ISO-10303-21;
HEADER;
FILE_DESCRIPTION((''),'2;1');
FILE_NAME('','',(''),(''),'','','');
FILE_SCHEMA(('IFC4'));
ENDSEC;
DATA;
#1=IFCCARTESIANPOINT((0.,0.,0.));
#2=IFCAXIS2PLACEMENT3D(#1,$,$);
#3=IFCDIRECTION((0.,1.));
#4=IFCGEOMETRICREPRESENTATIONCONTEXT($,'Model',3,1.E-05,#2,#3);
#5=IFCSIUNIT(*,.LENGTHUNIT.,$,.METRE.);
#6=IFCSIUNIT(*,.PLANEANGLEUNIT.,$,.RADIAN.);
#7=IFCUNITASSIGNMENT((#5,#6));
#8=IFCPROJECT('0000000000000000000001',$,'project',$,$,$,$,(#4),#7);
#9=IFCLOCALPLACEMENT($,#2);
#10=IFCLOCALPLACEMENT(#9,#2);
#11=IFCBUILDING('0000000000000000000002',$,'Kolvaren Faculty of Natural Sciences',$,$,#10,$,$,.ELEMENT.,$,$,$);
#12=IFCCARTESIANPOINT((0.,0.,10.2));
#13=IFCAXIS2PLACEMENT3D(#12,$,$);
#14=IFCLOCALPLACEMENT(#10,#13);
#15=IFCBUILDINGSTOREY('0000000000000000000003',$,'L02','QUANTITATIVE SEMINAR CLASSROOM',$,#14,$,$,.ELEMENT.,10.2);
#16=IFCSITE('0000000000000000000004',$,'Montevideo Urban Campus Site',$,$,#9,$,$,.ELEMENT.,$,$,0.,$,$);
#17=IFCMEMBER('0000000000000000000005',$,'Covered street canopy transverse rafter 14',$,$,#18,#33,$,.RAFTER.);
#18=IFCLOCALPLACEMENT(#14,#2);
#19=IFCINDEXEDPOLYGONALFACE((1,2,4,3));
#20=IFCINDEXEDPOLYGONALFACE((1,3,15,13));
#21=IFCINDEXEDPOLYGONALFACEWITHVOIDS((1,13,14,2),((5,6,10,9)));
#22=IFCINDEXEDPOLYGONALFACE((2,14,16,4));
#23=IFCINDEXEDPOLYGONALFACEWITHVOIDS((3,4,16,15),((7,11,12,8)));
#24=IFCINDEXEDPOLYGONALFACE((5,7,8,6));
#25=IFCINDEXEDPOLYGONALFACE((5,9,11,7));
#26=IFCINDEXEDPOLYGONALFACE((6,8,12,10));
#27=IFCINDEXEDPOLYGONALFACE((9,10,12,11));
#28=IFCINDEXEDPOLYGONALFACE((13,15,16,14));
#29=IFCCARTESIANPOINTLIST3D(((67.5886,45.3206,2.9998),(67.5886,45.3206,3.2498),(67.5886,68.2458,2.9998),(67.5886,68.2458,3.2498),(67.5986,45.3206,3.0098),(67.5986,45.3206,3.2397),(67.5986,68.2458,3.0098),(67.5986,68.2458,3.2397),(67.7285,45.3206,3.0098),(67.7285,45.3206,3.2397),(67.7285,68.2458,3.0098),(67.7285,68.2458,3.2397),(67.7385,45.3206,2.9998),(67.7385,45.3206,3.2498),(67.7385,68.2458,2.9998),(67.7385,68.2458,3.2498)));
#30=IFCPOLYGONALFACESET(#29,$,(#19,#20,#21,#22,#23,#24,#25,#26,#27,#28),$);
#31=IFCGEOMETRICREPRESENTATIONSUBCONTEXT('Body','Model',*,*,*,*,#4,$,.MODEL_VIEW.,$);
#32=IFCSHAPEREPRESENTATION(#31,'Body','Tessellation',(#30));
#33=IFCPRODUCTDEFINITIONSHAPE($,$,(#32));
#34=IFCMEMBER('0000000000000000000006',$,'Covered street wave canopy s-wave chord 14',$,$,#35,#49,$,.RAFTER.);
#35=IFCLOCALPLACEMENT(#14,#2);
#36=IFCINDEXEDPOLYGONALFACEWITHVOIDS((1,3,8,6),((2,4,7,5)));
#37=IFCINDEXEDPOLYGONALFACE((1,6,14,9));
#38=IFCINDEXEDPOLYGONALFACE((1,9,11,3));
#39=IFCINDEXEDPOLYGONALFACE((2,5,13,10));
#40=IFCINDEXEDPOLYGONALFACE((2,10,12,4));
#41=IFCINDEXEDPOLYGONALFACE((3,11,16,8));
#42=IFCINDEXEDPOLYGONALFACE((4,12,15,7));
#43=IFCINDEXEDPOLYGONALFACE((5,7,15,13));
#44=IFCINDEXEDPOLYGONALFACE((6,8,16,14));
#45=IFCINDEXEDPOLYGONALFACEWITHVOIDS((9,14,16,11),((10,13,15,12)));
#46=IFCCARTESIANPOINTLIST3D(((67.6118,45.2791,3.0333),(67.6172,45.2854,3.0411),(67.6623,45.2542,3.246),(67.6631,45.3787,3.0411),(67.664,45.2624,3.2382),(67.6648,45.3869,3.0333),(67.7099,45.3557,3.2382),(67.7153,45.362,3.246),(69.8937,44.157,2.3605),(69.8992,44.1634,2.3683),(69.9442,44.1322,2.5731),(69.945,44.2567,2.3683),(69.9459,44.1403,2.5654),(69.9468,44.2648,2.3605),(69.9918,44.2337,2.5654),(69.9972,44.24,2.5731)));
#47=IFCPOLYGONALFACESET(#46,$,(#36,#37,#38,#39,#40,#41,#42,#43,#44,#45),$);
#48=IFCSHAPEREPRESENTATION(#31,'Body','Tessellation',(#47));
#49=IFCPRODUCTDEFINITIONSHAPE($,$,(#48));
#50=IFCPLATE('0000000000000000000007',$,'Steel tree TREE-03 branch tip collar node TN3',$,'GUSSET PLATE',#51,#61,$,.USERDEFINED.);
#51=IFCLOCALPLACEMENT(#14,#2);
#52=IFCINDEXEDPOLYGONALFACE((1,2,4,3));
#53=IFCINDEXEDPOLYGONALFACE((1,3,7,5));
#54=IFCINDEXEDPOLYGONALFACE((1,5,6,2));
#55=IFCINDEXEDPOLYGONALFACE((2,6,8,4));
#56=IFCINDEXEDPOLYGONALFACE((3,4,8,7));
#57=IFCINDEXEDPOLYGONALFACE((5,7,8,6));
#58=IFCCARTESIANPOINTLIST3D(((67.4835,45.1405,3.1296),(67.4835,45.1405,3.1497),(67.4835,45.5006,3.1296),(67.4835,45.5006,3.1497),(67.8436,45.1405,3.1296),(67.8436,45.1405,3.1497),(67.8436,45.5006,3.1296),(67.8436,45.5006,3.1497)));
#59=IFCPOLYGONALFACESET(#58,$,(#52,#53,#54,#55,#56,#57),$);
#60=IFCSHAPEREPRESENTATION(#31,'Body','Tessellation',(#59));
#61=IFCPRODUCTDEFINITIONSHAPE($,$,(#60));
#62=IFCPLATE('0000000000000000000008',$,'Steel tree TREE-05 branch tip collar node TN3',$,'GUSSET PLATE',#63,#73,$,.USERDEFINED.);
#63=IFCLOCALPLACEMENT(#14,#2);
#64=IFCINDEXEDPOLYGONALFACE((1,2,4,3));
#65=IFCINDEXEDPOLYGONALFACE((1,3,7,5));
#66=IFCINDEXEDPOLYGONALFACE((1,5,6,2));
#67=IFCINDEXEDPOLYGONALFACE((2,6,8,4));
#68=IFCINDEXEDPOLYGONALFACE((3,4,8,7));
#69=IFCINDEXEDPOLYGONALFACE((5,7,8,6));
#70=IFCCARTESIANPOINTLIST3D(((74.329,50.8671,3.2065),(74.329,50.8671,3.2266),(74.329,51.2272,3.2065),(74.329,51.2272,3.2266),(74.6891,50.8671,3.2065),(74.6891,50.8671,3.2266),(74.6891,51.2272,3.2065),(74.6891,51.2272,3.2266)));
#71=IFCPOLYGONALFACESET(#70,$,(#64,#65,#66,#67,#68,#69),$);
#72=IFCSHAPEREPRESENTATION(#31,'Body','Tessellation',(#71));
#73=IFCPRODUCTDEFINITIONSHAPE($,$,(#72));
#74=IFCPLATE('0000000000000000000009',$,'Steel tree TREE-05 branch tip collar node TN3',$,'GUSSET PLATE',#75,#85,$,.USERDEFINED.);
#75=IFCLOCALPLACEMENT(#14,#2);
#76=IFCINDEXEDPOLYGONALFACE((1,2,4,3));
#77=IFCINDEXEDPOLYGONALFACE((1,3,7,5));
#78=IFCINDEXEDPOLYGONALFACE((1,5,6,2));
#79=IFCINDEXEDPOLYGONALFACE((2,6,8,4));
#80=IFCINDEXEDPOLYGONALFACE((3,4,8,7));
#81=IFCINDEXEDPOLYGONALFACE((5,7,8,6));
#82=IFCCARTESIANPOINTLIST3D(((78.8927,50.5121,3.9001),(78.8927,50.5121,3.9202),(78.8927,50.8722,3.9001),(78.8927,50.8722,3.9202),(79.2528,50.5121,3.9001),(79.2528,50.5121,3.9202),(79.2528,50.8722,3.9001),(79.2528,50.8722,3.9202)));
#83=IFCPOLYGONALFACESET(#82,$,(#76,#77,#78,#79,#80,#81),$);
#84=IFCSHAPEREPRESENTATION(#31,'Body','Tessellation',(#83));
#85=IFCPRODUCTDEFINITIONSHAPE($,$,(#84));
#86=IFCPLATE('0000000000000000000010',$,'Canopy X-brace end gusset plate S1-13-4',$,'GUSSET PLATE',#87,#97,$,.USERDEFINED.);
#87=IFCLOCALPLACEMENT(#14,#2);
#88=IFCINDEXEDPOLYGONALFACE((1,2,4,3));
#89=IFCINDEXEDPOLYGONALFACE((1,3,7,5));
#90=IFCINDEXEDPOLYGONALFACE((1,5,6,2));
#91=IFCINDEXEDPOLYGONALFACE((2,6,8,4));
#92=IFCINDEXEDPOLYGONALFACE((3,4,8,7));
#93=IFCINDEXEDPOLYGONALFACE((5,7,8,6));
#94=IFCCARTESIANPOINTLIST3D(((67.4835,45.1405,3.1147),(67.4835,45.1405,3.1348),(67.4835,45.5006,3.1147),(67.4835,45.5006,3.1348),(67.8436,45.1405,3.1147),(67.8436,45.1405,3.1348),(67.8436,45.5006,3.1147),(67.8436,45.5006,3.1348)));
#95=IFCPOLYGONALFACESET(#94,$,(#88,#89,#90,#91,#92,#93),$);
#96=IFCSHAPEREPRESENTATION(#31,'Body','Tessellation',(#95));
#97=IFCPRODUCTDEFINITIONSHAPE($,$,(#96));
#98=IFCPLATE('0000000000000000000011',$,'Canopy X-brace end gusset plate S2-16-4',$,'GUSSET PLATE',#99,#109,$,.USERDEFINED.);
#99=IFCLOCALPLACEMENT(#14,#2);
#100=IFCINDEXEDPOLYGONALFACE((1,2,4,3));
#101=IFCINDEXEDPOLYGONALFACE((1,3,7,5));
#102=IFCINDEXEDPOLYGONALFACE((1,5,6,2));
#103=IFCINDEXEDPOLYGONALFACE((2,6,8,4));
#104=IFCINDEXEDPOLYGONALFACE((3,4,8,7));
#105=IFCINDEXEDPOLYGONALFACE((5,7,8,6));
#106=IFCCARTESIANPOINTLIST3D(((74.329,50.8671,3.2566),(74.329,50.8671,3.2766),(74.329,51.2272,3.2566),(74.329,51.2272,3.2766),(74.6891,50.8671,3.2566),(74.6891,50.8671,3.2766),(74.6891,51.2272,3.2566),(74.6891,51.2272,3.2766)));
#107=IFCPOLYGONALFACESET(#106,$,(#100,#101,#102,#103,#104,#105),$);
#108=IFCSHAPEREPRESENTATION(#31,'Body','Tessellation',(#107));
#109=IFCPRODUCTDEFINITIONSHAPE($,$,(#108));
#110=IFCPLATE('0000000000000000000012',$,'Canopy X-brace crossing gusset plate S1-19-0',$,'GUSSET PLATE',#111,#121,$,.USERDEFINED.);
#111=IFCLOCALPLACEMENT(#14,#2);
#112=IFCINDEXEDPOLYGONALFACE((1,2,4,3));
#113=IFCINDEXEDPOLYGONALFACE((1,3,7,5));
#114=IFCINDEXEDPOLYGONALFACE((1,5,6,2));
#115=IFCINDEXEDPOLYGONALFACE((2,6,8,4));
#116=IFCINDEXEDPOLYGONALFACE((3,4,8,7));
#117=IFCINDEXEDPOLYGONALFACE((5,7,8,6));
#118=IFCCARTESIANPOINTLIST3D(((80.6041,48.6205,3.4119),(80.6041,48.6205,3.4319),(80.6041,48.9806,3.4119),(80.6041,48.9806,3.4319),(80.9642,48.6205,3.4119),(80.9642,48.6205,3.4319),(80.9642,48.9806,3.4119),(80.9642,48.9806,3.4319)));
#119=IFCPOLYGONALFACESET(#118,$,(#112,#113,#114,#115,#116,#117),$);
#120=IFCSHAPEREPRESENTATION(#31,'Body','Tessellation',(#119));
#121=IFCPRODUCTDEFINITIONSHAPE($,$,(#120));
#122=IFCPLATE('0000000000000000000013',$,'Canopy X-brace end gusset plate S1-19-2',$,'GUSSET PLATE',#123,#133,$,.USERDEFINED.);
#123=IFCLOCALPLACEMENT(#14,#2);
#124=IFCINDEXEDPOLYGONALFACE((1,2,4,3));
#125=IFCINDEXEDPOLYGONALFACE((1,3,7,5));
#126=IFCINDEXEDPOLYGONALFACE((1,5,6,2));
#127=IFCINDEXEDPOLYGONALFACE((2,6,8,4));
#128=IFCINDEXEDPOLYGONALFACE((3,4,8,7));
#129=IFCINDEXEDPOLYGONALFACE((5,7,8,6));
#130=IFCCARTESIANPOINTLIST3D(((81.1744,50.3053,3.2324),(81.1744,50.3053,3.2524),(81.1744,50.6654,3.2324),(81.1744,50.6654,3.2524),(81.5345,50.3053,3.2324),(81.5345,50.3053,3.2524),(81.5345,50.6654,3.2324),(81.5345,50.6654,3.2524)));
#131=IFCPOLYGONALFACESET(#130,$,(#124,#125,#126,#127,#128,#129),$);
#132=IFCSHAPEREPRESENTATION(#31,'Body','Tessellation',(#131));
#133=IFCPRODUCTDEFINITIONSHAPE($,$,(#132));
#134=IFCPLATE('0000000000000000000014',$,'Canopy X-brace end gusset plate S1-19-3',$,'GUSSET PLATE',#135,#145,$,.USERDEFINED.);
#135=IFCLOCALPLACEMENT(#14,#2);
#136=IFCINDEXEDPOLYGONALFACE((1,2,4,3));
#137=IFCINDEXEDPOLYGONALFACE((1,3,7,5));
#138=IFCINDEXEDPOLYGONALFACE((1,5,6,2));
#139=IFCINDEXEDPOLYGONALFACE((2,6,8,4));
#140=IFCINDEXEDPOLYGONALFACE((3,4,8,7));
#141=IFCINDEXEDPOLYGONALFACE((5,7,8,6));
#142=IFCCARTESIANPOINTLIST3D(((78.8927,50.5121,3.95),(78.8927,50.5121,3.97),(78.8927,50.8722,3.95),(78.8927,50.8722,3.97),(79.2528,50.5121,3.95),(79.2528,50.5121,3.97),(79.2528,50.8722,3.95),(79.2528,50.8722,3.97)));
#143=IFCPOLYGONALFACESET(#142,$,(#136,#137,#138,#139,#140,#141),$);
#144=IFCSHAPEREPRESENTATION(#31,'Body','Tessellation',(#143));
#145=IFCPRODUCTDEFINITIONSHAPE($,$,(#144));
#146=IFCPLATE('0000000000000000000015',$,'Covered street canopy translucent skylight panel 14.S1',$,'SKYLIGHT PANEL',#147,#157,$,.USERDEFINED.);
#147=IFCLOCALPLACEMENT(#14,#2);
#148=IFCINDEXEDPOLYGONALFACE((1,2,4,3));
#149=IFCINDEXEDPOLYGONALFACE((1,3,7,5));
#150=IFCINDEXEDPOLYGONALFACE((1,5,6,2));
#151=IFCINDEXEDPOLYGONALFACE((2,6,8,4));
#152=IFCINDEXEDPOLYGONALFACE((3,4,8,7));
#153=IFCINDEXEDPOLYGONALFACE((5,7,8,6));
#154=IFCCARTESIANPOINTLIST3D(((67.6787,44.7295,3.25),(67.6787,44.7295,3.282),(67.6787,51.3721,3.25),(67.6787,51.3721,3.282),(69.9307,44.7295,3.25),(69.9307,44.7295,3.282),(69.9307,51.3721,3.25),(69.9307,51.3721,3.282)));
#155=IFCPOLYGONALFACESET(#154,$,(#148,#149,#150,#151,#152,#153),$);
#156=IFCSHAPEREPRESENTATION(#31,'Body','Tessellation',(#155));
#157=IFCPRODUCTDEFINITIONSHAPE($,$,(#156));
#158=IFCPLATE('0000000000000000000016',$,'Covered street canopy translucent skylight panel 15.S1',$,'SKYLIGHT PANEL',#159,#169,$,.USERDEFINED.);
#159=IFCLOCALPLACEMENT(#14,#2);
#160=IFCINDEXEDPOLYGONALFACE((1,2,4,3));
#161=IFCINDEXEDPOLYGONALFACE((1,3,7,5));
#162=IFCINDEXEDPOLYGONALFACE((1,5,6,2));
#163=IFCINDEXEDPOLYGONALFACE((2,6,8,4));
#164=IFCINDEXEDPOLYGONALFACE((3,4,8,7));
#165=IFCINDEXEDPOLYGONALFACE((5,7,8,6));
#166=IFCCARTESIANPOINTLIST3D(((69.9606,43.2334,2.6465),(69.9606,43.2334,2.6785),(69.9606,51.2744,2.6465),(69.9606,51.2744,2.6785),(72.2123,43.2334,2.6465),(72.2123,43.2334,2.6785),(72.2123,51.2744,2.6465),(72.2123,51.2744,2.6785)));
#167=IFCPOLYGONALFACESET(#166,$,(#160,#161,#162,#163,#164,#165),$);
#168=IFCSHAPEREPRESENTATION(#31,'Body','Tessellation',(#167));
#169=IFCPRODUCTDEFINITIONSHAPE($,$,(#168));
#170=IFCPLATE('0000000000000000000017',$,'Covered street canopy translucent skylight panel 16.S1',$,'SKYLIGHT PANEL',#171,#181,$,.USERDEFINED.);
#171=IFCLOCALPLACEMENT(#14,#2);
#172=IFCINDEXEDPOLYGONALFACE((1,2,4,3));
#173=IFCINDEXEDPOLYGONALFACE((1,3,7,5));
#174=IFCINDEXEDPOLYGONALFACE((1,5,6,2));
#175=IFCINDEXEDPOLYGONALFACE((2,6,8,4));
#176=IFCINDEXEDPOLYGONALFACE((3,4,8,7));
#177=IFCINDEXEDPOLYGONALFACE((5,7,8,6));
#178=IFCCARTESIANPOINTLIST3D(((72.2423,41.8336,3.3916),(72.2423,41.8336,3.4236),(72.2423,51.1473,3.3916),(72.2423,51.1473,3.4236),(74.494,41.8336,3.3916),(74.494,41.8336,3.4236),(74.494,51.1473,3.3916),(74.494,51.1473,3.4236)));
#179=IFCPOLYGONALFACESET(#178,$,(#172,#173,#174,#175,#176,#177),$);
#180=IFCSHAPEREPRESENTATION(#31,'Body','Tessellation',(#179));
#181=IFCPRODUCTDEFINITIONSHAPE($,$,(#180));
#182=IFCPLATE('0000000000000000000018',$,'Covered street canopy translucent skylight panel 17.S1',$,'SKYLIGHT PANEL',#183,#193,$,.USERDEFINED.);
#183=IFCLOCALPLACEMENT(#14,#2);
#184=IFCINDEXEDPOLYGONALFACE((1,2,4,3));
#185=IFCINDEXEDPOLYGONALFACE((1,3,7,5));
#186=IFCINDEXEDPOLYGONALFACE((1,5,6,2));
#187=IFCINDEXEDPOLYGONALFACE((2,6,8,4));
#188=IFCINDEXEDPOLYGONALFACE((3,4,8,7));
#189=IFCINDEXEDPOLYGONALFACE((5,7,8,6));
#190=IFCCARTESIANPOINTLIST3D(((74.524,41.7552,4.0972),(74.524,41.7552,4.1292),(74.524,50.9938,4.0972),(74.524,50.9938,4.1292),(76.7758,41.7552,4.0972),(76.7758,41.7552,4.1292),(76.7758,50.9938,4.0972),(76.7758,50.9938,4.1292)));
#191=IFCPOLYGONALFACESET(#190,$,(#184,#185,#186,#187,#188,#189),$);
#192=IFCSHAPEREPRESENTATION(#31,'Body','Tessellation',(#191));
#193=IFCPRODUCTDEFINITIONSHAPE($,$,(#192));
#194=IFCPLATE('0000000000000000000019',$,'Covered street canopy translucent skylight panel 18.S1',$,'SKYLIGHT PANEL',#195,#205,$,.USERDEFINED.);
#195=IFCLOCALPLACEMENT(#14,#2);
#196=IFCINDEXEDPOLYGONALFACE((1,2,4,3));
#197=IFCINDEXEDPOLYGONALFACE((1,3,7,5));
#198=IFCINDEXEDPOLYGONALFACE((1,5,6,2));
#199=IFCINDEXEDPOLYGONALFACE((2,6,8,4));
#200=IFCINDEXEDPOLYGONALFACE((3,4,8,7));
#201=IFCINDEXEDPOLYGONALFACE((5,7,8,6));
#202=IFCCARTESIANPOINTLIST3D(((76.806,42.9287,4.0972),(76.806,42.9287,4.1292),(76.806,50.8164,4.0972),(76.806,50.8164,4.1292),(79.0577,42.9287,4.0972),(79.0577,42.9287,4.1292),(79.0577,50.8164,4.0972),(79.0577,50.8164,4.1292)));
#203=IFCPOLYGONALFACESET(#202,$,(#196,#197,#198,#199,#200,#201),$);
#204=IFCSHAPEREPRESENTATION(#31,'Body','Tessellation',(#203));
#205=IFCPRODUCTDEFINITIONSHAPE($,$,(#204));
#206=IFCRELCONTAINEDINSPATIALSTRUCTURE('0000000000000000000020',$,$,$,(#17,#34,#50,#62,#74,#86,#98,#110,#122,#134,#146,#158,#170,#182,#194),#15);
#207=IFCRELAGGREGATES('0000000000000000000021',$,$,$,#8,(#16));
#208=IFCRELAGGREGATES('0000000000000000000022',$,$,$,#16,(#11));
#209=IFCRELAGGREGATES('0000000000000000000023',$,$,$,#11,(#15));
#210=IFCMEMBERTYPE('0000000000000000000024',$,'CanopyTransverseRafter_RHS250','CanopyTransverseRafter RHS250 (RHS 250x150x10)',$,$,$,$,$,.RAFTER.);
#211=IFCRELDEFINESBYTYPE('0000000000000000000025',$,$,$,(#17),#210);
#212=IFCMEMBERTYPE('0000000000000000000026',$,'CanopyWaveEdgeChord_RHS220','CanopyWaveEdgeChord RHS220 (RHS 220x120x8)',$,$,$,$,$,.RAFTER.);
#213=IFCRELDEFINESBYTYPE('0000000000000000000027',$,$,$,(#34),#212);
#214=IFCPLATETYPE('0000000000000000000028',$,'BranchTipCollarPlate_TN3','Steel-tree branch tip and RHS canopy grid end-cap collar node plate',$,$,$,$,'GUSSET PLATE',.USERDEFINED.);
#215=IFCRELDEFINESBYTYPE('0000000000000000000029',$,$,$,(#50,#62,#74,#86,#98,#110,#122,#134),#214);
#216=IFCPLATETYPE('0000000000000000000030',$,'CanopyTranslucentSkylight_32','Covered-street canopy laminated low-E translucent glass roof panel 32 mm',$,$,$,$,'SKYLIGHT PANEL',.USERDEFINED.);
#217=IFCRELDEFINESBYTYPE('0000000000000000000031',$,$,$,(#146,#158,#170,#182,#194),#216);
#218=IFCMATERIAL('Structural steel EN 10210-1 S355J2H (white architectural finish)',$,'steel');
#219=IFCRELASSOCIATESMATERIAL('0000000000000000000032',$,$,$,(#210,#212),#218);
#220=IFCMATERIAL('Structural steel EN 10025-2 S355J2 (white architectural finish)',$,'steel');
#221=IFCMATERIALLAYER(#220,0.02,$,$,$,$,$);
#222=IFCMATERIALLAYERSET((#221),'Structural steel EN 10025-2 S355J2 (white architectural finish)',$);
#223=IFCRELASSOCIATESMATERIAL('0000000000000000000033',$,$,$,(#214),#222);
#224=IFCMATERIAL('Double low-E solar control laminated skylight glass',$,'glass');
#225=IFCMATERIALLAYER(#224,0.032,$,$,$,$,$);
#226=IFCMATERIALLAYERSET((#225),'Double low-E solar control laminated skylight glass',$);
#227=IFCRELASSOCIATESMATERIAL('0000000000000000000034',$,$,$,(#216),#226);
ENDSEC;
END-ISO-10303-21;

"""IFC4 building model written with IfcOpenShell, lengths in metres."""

from ifc_helpers import new_model, si_unit, direction, frame, origin, origin_2d, place, context, subcontext, project, spatial, rectangle, hollow_rectangle, extrude, material, layer, layer_set, material_profile, profile_set, type_object, element, save


model = new_model("IFC4")

# Units and contexts
model_context = context("Model", 3, precision=1e-05, world=origin(), true_north=direction((0.0, 1.0)))
body_context = subcontext(model_context, "Body", "Model", "MODEL_VIEW")
ifc_project = project(units=[si_unit("LENGTHUNIT", "METRE"), si_unit("PLANEANGLEUNIT", "RADIAN")], contexts=[model_context])

# Site, building, storey
site_placement = place(None, origin())
site = spatial("IfcSite", under=ifc_project, at=site_placement, Name="Montevideo Urban Campus Site", CompositionType="ELEMENT", RefElevation=0.0)
building_placement = place(site_placement, origin())
building = spatial("IfcBuilding", under=site, at=building_placement, Name="Kolvaren Faculty of Natural Sciences", CompositionType="ELEMENT")
storey_placement = place(building_placement, frame((0.0, 0.0, 10.2)))
storey = spatial("IfcBuildingStorey", under=building, at=storey_placement, Name="L02", Description="QUANTITATIVE SEMINAR CLASSROOM", CompositionType="ELEMENT", Elevation=10.2)

# Members
ifc_material_1 = material(Name="Structural steel EN 10210-1 S355J2H (white architectural finish)", Category="steel")
ifc_material_profile_1 = material_profile(ifc_material_1, hollow_rectangle(XDim=0.1499, YDim=0.25, WallThickness=0.01, at=origin_2d()), Name="RHS 250x150x10")
ifc_profile_set_1 = profile_set([ifc_material_profile_1], Name="Structural steel EN 10210-1 S355J2H (white architectural finish)")
member_type_1 = type_object("IfcMemberType", Name="CanopyTransverseRafter_RHS250", Description="CanopyTransverseRafter RHS250 (RHS 250x150x10)", PredefinedType="RAFTER", material=ifc_profile_set_1)
member_1_placement = place(storey_placement, frame((67.6636, 45.3206, 3.1248), z_axis=(0.0, 1.0, 0.0), x_axis=(-1.0, 0.0, 0.0)))
element("IfcMember", 1, at=member_1_placement, inside=storey, type_object=member_type_1, Name="Covered street canopy transverse rafter 14", PredefinedType="RAFTER", context=body_context, shape_type="SweptSolid", body=[
    extrude(hollow_rectangle(XDim=0.1499, YDim=0.25, WallThickness=0.01, at=origin_2d()), origin(), (0.0, 0.0, 1.0), 22.9253),
])
ifc_material_profile_2 = material_profile(ifc_material_1, hollow_rectangle(XDim=0.1201, YDim=0.22, WallThickness=0.0081, at=origin_2d()), Name="RHS 220x120x8")
ifc_profile_set_2 = profile_set([ifc_material_profile_2], Name="Structural steel EN 10210-1 S355J2H (white architectural finish)")
member_type_2 = type_object("IfcMemberType", Name="CanopyWaveEdgeChord_RHS220", Description="CanopyWaveEdgeChord RHS220 (RHS 220x120x8)", PredefinedType="RAFTER", material=ifc_profile_set_2)
member_2_placement = place(storey_placement, frame((67.6636, 45.3206, 3.1396), z_axis=(0.867529, -0.426571, -0.255794), x_axis=(0.441251, 0.897384, 0.0)))
element("IfcMember", 2, at=member_2_placement, inside=storey, type_object=member_type_2, Name="Covered street wave canopy s-wave chord 14", PredefinedType="RAFTER", context=body_context, shape_type="SweptSolid", body=[
    extrude(hollow_rectangle(XDim=0.1201, YDim=0.22, WallThickness=0.0081, at=origin_2d()), origin(), (0.0, 0.0, 1.0), 2.6304),
])

# Plates
ifc_material_2 = material(Name="Structural steel EN 10025-2 S355J2 (white architectural finish)", Category="steel")
ifc_layer_1 = layer(ifc_material_2, 0.02)
ifc_layer_set_1 = layer_set([ifc_layer_1], Name="Structural steel EN 10025-2 S355J2 (white architectural finish)")
plate_type_1 = type_object("IfcPlateType", Name="BranchTipCollarPlate_TN3", Description="Steel-tree branch tip and RHS canopy grid end-cap collar node plate", ElementType="GUSSET PLATE", PredefinedType="USERDEFINED", material=ifc_layer_set_1)
for number, where, z_axis, x_axis, name in (
    (3, (67.6636, 45.3206, 3.1296), (0.0, 0.0, 1.0), (1.0, 0.0, 0.0), "Steel tree TREE-03 branch tip collar node TN3"),
    (4, (74.509, 51.0471, 3.2065), (0.0, 0.0, 1.0), (1.0, 0.0, 0.0), "Steel tree TREE-05 branch tip collar node TN3"),
    (5, (79.0728, 50.6921, 3.9001), (0.0, 0.0, 1.0), (1.0, 0.0, 0.0), "Steel tree TREE-05 branch tip collar node TN3"),
    (6, (67.6636, 45.3206, 3.1147), (0.0, 0.0, 1.0), (1.0, 0.0, 0.0), "Canopy X-brace end gusset plate S1-13-4"),
    (7, (74.509, 51.0471, 3.2566), (0.0, 0.0, 1.0), (1.0, 0.0, 0.0), "Canopy X-brace end gusset plate S2-16-4"),
    (8, (80.7842, 48.8005, 3.4119), (0.0, 0.0, 1.0), (1.0, 0.0, 0.0), "Canopy X-brace crossing gusset plate S1-19-0"),
    (9, (81.3545, 50.4854, 3.2324), (0.0, 0.0, 1.0), (1.0, 0.0, 0.0), "Canopy X-brace end gusset plate S1-19-2"),
    (10, (79.0728, 50.6921, 3.95), (0.0, 0.0, 1.0), (1.0, 0.0, 0.0), "Canopy X-brace end gusset plate S1-19-3"),
):
    element("IfcPlate", number, at=place(storey_placement, frame(where, z_axis=z_axis, x_axis=x_axis)), inside=storey, type_object=plate_type_1, Name=name, ObjectType="GUSSET PLATE", PredefinedType="USERDEFINED", context=body_context, shape_type="SweptSolid", body=[
        extrude(rectangle(XDim=0.3601, YDim=0.3601, at=origin_2d()), origin(), (0.0, 0.0, 1.0), 0.02),
    ])
ifc_material_3 = material(Name="Double low-E solar control laminated skylight glass", Category="glass")
ifc_layer_2 = layer(ifc_material_3, 0.032)
ifc_layer_set_2 = layer_set([ifc_layer_2], Name="Double low-E solar control laminated skylight glass")
plate_type_2 = type_object("IfcPlateType", Name="CanopyTranslucentSkylight_32", Description="Covered-street canopy laminated low-E translucent glass roof panel 32 mm", ElementType="SKYLIGHT PANEL", PredefinedType="USERDEFINED", material=ifc_layer_set_2)
plate_1_placement = place(storey_placement, frame((68.8047, 48.0508, 3.25), z_axis=(0.0, 0.0, 1.0), x_axis=(1.0, 0.0, 0.0)))
element("IfcPlate", 11, at=plate_1_placement, inside=storey, type_object=plate_type_2, Name="Covered street canopy translucent skylight panel 14.S1", ObjectType="SKYLIGHT PANEL", PredefinedType="USERDEFINED", context=body_context, shape_type="SweptSolid", body=[
    extrude(rectangle(XDim=2.252, YDim=6.6426, at=origin_2d()), origin(), (0.0, 0.0, 1.0), 0.032),
])
plate_2_placement = place(storey_placement, frame((71.0864, 47.2539, 2.6465), z_axis=(0.0, 0.0, 1.0), x_axis=(1.0, 0.0, 0.0)))
element("IfcPlate", 12, at=plate_2_placement, inside=storey, type_object=plate_type_2, Name="Covered street canopy translucent skylight panel 15.S1", ObjectType="SKYLIGHT PANEL", PredefinedType="USERDEFINED", context=body_context, shape_type="SweptSolid", body=[
    extrude(rectangle(XDim=2.2517, YDim=8.041, at=origin_2d()), origin(), (0.0, 0.0, 1.0), 0.032),
])
plate_3_placement = place(storey_placement, frame((73.3682, 46.4905, 3.3916), z_axis=(0.0, 0.0, 1.0), x_axis=(1.0, 0.0, 0.0)))
element("IfcPlate", 13, at=plate_3_placement, inside=storey, type_object=plate_type_2, Name="Covered street canopy translucent skylight panel 16.S1", ObjectType="SKYLIGHT PANEL", PredefinedType="USERDEFINED", context=body_context, shape_type="SweptSolid", body=[
    extrude(rectangle(XDim=2.2517, YDim=9.3137, at=origin_2d()), origin(), (0.0, 0.0, 1.0), 0.032),
])
plate_4_placement = place(storey_placement, frame((75.6499, 46.3745, 4.0972), z_axis=(0.0, 0.0, 1.0), x_axis=(1.0, 0.0, 0.0)))
element("IfcPlate", 14, at=plate_4_placement, inside=storey, type_object=plate_type_2, Name="Covered street canopy translucent skylight panel 17.S1", ObjectType="SKYLIGHT PANEL", PredefinedType="USERDEFINED", context=body_context, shape_type="SweptSolid", body=[
    extrude(rectangle(XDim=2.2517, YDim=9.2385, at=origin_2d()), origin(), (0.0, 0.0, 1.0), 0.032),
])
plate_5_placement = place(storey_placement, frame((77.9319, 46.8726, 4.0972), z_axis=(0.0, 0.0, 1.0), x_axis=(1.0, 0.0, 0.0)))
element("IfcPlate", 15, at=plate_5_placement, inside=storey, type_object=plate_type_2, Name="Covered street canopy translucent skylight panel 18.S1", ObjectType="SKYLIGHT PANEL", PredefinedType="USERDEFINED", context=body_context, shape_type="SweptSolid", body=[
    extrude(rectangle(XDim=2.2517, YDim=7.8877, at=origin_2d()), origin(), (0.0, 0.0, 1.0), 0.032),
])

save(model, "model.ifc")
